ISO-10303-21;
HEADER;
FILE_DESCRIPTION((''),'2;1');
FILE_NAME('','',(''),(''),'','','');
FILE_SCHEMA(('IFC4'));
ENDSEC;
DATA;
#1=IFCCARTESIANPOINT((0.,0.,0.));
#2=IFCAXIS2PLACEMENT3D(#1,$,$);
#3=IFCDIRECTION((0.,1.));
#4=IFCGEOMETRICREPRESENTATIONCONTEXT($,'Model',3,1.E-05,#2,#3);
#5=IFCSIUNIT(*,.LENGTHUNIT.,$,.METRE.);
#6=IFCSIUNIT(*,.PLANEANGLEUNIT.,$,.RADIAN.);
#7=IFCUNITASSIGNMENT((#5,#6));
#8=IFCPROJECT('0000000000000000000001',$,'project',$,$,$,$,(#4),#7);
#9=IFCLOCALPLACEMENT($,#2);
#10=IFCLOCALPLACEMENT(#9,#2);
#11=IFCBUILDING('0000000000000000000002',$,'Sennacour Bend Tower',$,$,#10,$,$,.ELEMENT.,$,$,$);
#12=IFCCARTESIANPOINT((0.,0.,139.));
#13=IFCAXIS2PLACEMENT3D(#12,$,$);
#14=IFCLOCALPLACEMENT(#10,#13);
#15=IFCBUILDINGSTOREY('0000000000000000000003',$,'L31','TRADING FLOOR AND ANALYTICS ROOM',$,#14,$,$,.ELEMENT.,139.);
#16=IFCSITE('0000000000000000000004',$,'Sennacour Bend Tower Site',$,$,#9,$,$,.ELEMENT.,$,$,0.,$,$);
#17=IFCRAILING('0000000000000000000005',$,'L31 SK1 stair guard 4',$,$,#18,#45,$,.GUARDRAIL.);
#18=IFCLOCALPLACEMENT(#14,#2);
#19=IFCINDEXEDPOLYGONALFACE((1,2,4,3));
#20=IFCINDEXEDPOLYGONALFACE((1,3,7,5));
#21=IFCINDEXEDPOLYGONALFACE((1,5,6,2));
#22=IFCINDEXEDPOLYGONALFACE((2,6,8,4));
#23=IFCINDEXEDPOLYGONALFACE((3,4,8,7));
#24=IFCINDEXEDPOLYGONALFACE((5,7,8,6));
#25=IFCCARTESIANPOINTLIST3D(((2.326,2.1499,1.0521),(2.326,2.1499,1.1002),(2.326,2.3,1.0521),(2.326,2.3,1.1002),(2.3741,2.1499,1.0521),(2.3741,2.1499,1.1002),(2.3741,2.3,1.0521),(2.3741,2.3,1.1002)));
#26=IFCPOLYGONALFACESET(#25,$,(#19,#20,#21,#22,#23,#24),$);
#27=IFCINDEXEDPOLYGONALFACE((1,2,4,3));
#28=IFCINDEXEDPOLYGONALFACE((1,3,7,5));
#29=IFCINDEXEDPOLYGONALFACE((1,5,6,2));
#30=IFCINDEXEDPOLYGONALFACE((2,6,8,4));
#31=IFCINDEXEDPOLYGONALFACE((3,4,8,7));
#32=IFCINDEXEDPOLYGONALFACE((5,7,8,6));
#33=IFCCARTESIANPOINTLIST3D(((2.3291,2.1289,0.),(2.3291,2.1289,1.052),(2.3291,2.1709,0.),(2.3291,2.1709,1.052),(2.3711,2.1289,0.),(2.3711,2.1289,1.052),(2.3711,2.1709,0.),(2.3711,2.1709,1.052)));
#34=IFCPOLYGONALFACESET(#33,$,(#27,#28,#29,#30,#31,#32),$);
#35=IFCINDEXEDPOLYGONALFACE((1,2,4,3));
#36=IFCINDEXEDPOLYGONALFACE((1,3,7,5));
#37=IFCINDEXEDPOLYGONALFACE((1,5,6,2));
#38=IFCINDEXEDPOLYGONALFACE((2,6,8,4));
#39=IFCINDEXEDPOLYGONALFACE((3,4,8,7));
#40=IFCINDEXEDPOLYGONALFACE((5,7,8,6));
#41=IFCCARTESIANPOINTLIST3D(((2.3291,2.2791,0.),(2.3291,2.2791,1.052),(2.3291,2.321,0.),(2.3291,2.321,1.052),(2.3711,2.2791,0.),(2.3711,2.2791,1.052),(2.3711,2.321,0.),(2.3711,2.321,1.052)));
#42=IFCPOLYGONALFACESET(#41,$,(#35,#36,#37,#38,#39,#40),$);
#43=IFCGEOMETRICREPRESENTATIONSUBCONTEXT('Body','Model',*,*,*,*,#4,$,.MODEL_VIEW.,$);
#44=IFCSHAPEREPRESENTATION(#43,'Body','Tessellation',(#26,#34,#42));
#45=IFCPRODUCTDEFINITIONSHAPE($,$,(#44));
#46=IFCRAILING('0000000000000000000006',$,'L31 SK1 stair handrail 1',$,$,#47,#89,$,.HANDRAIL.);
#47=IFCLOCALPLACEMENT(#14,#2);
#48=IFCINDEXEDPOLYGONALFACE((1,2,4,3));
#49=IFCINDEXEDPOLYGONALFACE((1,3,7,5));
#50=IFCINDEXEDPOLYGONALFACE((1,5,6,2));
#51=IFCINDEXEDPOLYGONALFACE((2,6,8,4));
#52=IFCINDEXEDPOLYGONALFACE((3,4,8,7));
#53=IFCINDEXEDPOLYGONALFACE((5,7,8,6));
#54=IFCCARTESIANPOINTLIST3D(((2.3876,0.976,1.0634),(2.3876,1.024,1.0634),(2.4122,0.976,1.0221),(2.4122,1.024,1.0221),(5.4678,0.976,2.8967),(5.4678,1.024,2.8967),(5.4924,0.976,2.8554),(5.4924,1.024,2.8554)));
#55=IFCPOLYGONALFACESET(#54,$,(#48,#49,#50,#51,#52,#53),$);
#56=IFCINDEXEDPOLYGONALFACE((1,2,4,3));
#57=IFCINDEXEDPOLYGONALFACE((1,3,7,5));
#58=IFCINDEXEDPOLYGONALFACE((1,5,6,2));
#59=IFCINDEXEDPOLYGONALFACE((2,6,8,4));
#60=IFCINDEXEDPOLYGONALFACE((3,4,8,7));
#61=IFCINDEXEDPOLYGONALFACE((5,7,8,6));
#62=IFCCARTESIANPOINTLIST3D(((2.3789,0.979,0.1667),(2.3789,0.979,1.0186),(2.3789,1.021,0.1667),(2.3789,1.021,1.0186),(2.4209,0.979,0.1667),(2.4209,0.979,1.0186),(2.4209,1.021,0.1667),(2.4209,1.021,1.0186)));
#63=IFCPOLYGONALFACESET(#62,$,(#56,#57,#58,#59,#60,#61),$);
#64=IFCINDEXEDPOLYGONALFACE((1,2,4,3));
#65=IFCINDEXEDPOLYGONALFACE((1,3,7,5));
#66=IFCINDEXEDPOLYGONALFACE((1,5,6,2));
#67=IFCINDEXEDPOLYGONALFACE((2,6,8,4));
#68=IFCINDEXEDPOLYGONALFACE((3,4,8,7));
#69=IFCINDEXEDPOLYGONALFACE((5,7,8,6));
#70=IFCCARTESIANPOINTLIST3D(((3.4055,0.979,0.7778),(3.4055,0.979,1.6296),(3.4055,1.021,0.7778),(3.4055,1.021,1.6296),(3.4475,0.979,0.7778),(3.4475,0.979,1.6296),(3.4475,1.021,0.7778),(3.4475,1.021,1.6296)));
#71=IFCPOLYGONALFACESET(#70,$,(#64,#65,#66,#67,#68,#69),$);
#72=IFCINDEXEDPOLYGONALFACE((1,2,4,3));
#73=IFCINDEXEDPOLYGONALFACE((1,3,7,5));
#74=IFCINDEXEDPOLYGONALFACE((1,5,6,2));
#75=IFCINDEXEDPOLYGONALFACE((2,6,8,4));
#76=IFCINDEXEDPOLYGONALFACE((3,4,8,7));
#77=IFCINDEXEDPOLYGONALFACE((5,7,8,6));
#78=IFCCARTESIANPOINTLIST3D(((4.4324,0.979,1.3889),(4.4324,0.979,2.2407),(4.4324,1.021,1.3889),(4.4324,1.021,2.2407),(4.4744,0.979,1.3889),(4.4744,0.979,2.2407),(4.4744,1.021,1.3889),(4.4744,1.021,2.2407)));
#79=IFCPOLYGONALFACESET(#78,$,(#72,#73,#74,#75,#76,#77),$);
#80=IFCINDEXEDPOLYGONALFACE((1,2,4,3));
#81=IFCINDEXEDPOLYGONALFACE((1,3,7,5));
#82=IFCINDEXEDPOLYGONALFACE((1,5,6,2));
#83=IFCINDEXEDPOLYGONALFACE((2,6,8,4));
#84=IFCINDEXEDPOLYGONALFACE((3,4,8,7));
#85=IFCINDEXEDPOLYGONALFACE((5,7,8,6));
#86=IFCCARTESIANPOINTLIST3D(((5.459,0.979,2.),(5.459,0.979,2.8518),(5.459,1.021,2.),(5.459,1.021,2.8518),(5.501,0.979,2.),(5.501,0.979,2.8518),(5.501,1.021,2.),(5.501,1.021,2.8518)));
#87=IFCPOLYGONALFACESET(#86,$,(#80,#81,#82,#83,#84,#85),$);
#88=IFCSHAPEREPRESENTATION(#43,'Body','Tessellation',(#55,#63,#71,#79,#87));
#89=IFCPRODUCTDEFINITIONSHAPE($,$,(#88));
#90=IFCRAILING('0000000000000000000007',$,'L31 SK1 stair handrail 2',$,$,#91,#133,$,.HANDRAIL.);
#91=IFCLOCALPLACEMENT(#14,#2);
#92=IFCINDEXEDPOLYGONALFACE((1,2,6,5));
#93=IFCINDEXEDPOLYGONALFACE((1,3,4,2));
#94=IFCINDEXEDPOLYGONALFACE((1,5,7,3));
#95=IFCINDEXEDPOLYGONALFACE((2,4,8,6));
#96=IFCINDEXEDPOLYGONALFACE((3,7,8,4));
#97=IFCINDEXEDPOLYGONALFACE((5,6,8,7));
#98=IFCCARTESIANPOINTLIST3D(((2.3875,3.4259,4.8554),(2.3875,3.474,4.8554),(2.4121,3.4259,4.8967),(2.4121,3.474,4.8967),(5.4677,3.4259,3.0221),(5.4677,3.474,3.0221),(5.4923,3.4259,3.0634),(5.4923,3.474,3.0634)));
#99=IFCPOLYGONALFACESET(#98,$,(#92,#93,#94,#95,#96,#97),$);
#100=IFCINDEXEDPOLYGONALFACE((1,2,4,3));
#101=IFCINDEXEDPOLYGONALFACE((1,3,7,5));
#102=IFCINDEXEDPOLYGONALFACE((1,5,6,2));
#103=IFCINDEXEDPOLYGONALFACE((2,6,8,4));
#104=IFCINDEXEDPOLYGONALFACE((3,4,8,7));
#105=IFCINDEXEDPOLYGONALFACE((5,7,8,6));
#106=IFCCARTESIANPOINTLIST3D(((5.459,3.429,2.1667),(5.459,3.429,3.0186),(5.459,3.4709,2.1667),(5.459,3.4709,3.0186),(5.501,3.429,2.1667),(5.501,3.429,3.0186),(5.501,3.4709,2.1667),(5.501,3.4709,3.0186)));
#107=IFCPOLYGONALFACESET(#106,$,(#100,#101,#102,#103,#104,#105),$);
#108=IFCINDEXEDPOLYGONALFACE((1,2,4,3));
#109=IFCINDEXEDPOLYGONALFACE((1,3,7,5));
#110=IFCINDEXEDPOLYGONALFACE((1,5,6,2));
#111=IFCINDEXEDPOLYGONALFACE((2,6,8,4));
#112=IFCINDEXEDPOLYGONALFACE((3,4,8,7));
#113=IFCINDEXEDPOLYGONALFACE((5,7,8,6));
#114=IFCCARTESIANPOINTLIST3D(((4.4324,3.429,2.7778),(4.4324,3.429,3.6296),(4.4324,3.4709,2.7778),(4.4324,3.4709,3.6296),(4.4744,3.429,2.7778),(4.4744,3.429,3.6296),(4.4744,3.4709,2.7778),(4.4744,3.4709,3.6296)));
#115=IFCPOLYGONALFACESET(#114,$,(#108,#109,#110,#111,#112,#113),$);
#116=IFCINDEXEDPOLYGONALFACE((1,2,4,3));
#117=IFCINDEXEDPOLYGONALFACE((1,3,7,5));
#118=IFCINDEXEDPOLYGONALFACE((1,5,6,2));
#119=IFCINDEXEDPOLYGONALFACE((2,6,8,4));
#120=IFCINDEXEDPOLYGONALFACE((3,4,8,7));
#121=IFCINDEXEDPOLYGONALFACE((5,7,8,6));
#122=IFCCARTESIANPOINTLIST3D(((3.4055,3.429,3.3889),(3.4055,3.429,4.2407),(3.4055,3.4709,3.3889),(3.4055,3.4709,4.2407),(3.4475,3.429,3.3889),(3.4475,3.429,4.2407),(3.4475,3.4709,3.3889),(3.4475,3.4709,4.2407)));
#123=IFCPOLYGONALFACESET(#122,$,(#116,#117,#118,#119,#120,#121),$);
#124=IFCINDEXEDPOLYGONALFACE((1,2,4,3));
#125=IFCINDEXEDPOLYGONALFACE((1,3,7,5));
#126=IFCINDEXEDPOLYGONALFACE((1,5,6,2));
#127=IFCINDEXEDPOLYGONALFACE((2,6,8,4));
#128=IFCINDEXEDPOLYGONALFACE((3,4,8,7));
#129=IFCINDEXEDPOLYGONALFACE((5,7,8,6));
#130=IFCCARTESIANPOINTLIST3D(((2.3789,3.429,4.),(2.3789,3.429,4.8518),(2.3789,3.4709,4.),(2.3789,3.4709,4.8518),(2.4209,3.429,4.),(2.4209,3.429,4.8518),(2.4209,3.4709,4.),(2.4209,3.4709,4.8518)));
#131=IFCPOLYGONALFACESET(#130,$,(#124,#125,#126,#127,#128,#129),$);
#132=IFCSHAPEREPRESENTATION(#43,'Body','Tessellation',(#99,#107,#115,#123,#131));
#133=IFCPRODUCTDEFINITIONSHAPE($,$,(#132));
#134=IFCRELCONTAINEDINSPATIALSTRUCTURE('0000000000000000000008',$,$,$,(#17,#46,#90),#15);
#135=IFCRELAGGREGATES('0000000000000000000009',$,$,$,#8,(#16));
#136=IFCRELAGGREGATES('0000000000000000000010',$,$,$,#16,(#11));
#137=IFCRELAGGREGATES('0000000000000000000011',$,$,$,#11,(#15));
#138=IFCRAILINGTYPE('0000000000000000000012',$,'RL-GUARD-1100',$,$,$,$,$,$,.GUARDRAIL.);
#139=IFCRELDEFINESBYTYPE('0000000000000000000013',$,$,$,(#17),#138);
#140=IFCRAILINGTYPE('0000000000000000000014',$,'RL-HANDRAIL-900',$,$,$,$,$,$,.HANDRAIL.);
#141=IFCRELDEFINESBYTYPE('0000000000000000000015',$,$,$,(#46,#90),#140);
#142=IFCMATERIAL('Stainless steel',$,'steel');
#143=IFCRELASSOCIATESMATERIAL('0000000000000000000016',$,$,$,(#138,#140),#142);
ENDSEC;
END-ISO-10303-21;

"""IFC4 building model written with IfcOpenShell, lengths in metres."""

from ifc_helpers import new_model, si_unit, direction, frame, origin, origin_2d, place, context, subcontext, project, spatial, rectangle, extrude, material, type_object, element, save


model = new_model("IFC4")

# Units and contexts
model_context = context("Model", 3, precision=1e-05, world=origin(), true_north=direction((0.0, 1.0)))
body_context = subcontext(model_context, "Body", "Model", "MODEL_VIEW")
ifc_project = project(units=[si_unit("LENGTHUNIT", "METRE"), si_unit("PLANEANGLEUNIT", "RADIAN")], contexts=[model_context])

# Site, building, storey
site_placement = place(None, origin())
site = spatial("IfcSite", under=ifc_project, at=site_placement, Name="Sennacour Bend Tower Site", CompositionType="ELEMENT", RefElevation=0.0)
building_placement = place(site_placement, origin())
building = spatial("IfcBuilding", under=site, at=building_placement, Name="Sennacour Bend Tower", CompositionType="ELEMENT")
storey_placement = place(building_placement, frame((0.0, 0.0, 139.0)))
storey = spatial("IfcBuildingStorey", under=building, at=storey_placement, Name="L31", Description="TRADING FLOOR AND ANALYTICS ROOM", CompositionType="ELEMENT", Elevation=139.0)

# Railings
ifc_material_1 = material(Name="Stainless steel", Category="steel")
railing_type_1 = type_object("IfcRailingType", Name="RL-GUARD-1100", PredefinedType="GUARDRAIL", material=ifc_material_1)
railing_1_placement = place(storey_placement, frame((2.3501, 2.1499, 0.0)))
element("IfcRailing", 1, at=railing_1_placement, inside=storey, type_object=railing_type_1, Name="L31 SK1 stair guard 4", PredefinedType="GUARDRAIL", context=body_context, shape_type="SweptSolid", body=[
    extrude(rectangle(XDim=0.0481, YDim=0.0481, at=origin_2d()), frame((0.0, 0.0, 1.0762), z_axis=(0.0, 1.0, 0.0), x_axis=(-1.0, 0.0, 0.0)), (0.0, 0.0, 1.0), 0.1501),
    extrude(rectangle(XDim=0.042, YDim=0.042, at=origin_2d()), origin(), (0.0, 0.0, 1.0), 1.052),
    extrude(rectangle(XDim=0.042, YDim=0.042, at=origin_2d()), frame((0.0, 0.1501, 0.0)), (0.0, 0.0, 1.0), 1.052),
])
railing_type_2 = type_object("IfcRailingType", Name="RL-HANDRAIL-900", PredefinedType="HANDRAIL", material=ifc_material_1)
railing_2_placement = place(storey_placement, frame((2.3999, 1.0, 0.1667)))
element("IfcRailing", 2, at=railing_2_placement, inside=storey, type_object=railing_type_2, Name="L31 SK1 stair handrail 1", PredefinedType="HANDRAIL", context=body_context, shape_type="SweptSolid", body=[
    extrude(rectangle(XDim=0.0481, YDim=0.0481, at=origin_2d()), frame((0.0, 0.0, 0.876), z_axis=(0.859309, 0.0, 0.511458), x_axis=(0.0, 1.0, 0.0)), (0.0, 0.0, 1.0), 3.5845),
    extrude(rectangle(XDim=0.042, YDim=0.042, at=origin_2d()), origin(), (0.0, 0.0, 1.0), 0.8518),
    extrude(rectangle(XDim=0.042, YDim=0.042, at=origin_2d()), frame((1.0266, 0.0, 0.6111)), (0.0, 0.0, 1.0), 0.8518),
    extrude(rectangle(XDim=0.042, YDim=0.042, at=origin_2d()), frame((2.0535, 0.0, 1.2222)), (0.0, 0.0, 1.0), 0.8518),
    extrude(rectangle(XDim=0.042, YDim=0.042, at=origin_2d()), frame((3.0801, 0.0, 1.8333)), (0.0, 0.0, 1.0), 0.8518),
])
railing_3_placement = place(storey_placement, frame((5.48, 3.45, 2.1667)))
element("IfcRailing", 3, at=railing_3_placement, inside=storey, type_object=railing_type_2, Name="L31 SK1 stair handrail 2", PredefinedType="HANDRAIL", context=body_context, shape_type="SweptSolid", body=[
    extrude(rectangle(XDim=0.0481, YDim=0.0481, at=origin_2d()), frame((0.0, 0.0, 0.876), z_axis=(-0.859309, 0.0, 0.511458), x_axis=(0.0, -1.0, 0.0)), (0.0, 0.0, 1.0), 3.5845),
    extrude(rectangle(XDim=0.042, YDim=0.042, at=origin_2d()), origin(), (0.0, 0.0, 1.0), 0.8518),
    extrude(rectangle(XDim=0.042, YDim=0.042, at=origin_2d()), frame((-1.0266, 0.0, 0.6111)), (0.0, 0.0, 1.0), 0.8518),
    extrude(rectangle(XDim=0.042, YDim=0.042, at=origin_2d()), frame((-2.0535, 0.0, 1.2222)), (0.0, 0.0, 1.0), 0.8518),
    extrude(rectangle(XDim=0.042, YDim=0.042, at=origin_2d()), frame((-3.0801, 0.0, 1.8333)), (0.0, 0.0, 1.0), 0.8518),
])

save(model, "model.ifc")
